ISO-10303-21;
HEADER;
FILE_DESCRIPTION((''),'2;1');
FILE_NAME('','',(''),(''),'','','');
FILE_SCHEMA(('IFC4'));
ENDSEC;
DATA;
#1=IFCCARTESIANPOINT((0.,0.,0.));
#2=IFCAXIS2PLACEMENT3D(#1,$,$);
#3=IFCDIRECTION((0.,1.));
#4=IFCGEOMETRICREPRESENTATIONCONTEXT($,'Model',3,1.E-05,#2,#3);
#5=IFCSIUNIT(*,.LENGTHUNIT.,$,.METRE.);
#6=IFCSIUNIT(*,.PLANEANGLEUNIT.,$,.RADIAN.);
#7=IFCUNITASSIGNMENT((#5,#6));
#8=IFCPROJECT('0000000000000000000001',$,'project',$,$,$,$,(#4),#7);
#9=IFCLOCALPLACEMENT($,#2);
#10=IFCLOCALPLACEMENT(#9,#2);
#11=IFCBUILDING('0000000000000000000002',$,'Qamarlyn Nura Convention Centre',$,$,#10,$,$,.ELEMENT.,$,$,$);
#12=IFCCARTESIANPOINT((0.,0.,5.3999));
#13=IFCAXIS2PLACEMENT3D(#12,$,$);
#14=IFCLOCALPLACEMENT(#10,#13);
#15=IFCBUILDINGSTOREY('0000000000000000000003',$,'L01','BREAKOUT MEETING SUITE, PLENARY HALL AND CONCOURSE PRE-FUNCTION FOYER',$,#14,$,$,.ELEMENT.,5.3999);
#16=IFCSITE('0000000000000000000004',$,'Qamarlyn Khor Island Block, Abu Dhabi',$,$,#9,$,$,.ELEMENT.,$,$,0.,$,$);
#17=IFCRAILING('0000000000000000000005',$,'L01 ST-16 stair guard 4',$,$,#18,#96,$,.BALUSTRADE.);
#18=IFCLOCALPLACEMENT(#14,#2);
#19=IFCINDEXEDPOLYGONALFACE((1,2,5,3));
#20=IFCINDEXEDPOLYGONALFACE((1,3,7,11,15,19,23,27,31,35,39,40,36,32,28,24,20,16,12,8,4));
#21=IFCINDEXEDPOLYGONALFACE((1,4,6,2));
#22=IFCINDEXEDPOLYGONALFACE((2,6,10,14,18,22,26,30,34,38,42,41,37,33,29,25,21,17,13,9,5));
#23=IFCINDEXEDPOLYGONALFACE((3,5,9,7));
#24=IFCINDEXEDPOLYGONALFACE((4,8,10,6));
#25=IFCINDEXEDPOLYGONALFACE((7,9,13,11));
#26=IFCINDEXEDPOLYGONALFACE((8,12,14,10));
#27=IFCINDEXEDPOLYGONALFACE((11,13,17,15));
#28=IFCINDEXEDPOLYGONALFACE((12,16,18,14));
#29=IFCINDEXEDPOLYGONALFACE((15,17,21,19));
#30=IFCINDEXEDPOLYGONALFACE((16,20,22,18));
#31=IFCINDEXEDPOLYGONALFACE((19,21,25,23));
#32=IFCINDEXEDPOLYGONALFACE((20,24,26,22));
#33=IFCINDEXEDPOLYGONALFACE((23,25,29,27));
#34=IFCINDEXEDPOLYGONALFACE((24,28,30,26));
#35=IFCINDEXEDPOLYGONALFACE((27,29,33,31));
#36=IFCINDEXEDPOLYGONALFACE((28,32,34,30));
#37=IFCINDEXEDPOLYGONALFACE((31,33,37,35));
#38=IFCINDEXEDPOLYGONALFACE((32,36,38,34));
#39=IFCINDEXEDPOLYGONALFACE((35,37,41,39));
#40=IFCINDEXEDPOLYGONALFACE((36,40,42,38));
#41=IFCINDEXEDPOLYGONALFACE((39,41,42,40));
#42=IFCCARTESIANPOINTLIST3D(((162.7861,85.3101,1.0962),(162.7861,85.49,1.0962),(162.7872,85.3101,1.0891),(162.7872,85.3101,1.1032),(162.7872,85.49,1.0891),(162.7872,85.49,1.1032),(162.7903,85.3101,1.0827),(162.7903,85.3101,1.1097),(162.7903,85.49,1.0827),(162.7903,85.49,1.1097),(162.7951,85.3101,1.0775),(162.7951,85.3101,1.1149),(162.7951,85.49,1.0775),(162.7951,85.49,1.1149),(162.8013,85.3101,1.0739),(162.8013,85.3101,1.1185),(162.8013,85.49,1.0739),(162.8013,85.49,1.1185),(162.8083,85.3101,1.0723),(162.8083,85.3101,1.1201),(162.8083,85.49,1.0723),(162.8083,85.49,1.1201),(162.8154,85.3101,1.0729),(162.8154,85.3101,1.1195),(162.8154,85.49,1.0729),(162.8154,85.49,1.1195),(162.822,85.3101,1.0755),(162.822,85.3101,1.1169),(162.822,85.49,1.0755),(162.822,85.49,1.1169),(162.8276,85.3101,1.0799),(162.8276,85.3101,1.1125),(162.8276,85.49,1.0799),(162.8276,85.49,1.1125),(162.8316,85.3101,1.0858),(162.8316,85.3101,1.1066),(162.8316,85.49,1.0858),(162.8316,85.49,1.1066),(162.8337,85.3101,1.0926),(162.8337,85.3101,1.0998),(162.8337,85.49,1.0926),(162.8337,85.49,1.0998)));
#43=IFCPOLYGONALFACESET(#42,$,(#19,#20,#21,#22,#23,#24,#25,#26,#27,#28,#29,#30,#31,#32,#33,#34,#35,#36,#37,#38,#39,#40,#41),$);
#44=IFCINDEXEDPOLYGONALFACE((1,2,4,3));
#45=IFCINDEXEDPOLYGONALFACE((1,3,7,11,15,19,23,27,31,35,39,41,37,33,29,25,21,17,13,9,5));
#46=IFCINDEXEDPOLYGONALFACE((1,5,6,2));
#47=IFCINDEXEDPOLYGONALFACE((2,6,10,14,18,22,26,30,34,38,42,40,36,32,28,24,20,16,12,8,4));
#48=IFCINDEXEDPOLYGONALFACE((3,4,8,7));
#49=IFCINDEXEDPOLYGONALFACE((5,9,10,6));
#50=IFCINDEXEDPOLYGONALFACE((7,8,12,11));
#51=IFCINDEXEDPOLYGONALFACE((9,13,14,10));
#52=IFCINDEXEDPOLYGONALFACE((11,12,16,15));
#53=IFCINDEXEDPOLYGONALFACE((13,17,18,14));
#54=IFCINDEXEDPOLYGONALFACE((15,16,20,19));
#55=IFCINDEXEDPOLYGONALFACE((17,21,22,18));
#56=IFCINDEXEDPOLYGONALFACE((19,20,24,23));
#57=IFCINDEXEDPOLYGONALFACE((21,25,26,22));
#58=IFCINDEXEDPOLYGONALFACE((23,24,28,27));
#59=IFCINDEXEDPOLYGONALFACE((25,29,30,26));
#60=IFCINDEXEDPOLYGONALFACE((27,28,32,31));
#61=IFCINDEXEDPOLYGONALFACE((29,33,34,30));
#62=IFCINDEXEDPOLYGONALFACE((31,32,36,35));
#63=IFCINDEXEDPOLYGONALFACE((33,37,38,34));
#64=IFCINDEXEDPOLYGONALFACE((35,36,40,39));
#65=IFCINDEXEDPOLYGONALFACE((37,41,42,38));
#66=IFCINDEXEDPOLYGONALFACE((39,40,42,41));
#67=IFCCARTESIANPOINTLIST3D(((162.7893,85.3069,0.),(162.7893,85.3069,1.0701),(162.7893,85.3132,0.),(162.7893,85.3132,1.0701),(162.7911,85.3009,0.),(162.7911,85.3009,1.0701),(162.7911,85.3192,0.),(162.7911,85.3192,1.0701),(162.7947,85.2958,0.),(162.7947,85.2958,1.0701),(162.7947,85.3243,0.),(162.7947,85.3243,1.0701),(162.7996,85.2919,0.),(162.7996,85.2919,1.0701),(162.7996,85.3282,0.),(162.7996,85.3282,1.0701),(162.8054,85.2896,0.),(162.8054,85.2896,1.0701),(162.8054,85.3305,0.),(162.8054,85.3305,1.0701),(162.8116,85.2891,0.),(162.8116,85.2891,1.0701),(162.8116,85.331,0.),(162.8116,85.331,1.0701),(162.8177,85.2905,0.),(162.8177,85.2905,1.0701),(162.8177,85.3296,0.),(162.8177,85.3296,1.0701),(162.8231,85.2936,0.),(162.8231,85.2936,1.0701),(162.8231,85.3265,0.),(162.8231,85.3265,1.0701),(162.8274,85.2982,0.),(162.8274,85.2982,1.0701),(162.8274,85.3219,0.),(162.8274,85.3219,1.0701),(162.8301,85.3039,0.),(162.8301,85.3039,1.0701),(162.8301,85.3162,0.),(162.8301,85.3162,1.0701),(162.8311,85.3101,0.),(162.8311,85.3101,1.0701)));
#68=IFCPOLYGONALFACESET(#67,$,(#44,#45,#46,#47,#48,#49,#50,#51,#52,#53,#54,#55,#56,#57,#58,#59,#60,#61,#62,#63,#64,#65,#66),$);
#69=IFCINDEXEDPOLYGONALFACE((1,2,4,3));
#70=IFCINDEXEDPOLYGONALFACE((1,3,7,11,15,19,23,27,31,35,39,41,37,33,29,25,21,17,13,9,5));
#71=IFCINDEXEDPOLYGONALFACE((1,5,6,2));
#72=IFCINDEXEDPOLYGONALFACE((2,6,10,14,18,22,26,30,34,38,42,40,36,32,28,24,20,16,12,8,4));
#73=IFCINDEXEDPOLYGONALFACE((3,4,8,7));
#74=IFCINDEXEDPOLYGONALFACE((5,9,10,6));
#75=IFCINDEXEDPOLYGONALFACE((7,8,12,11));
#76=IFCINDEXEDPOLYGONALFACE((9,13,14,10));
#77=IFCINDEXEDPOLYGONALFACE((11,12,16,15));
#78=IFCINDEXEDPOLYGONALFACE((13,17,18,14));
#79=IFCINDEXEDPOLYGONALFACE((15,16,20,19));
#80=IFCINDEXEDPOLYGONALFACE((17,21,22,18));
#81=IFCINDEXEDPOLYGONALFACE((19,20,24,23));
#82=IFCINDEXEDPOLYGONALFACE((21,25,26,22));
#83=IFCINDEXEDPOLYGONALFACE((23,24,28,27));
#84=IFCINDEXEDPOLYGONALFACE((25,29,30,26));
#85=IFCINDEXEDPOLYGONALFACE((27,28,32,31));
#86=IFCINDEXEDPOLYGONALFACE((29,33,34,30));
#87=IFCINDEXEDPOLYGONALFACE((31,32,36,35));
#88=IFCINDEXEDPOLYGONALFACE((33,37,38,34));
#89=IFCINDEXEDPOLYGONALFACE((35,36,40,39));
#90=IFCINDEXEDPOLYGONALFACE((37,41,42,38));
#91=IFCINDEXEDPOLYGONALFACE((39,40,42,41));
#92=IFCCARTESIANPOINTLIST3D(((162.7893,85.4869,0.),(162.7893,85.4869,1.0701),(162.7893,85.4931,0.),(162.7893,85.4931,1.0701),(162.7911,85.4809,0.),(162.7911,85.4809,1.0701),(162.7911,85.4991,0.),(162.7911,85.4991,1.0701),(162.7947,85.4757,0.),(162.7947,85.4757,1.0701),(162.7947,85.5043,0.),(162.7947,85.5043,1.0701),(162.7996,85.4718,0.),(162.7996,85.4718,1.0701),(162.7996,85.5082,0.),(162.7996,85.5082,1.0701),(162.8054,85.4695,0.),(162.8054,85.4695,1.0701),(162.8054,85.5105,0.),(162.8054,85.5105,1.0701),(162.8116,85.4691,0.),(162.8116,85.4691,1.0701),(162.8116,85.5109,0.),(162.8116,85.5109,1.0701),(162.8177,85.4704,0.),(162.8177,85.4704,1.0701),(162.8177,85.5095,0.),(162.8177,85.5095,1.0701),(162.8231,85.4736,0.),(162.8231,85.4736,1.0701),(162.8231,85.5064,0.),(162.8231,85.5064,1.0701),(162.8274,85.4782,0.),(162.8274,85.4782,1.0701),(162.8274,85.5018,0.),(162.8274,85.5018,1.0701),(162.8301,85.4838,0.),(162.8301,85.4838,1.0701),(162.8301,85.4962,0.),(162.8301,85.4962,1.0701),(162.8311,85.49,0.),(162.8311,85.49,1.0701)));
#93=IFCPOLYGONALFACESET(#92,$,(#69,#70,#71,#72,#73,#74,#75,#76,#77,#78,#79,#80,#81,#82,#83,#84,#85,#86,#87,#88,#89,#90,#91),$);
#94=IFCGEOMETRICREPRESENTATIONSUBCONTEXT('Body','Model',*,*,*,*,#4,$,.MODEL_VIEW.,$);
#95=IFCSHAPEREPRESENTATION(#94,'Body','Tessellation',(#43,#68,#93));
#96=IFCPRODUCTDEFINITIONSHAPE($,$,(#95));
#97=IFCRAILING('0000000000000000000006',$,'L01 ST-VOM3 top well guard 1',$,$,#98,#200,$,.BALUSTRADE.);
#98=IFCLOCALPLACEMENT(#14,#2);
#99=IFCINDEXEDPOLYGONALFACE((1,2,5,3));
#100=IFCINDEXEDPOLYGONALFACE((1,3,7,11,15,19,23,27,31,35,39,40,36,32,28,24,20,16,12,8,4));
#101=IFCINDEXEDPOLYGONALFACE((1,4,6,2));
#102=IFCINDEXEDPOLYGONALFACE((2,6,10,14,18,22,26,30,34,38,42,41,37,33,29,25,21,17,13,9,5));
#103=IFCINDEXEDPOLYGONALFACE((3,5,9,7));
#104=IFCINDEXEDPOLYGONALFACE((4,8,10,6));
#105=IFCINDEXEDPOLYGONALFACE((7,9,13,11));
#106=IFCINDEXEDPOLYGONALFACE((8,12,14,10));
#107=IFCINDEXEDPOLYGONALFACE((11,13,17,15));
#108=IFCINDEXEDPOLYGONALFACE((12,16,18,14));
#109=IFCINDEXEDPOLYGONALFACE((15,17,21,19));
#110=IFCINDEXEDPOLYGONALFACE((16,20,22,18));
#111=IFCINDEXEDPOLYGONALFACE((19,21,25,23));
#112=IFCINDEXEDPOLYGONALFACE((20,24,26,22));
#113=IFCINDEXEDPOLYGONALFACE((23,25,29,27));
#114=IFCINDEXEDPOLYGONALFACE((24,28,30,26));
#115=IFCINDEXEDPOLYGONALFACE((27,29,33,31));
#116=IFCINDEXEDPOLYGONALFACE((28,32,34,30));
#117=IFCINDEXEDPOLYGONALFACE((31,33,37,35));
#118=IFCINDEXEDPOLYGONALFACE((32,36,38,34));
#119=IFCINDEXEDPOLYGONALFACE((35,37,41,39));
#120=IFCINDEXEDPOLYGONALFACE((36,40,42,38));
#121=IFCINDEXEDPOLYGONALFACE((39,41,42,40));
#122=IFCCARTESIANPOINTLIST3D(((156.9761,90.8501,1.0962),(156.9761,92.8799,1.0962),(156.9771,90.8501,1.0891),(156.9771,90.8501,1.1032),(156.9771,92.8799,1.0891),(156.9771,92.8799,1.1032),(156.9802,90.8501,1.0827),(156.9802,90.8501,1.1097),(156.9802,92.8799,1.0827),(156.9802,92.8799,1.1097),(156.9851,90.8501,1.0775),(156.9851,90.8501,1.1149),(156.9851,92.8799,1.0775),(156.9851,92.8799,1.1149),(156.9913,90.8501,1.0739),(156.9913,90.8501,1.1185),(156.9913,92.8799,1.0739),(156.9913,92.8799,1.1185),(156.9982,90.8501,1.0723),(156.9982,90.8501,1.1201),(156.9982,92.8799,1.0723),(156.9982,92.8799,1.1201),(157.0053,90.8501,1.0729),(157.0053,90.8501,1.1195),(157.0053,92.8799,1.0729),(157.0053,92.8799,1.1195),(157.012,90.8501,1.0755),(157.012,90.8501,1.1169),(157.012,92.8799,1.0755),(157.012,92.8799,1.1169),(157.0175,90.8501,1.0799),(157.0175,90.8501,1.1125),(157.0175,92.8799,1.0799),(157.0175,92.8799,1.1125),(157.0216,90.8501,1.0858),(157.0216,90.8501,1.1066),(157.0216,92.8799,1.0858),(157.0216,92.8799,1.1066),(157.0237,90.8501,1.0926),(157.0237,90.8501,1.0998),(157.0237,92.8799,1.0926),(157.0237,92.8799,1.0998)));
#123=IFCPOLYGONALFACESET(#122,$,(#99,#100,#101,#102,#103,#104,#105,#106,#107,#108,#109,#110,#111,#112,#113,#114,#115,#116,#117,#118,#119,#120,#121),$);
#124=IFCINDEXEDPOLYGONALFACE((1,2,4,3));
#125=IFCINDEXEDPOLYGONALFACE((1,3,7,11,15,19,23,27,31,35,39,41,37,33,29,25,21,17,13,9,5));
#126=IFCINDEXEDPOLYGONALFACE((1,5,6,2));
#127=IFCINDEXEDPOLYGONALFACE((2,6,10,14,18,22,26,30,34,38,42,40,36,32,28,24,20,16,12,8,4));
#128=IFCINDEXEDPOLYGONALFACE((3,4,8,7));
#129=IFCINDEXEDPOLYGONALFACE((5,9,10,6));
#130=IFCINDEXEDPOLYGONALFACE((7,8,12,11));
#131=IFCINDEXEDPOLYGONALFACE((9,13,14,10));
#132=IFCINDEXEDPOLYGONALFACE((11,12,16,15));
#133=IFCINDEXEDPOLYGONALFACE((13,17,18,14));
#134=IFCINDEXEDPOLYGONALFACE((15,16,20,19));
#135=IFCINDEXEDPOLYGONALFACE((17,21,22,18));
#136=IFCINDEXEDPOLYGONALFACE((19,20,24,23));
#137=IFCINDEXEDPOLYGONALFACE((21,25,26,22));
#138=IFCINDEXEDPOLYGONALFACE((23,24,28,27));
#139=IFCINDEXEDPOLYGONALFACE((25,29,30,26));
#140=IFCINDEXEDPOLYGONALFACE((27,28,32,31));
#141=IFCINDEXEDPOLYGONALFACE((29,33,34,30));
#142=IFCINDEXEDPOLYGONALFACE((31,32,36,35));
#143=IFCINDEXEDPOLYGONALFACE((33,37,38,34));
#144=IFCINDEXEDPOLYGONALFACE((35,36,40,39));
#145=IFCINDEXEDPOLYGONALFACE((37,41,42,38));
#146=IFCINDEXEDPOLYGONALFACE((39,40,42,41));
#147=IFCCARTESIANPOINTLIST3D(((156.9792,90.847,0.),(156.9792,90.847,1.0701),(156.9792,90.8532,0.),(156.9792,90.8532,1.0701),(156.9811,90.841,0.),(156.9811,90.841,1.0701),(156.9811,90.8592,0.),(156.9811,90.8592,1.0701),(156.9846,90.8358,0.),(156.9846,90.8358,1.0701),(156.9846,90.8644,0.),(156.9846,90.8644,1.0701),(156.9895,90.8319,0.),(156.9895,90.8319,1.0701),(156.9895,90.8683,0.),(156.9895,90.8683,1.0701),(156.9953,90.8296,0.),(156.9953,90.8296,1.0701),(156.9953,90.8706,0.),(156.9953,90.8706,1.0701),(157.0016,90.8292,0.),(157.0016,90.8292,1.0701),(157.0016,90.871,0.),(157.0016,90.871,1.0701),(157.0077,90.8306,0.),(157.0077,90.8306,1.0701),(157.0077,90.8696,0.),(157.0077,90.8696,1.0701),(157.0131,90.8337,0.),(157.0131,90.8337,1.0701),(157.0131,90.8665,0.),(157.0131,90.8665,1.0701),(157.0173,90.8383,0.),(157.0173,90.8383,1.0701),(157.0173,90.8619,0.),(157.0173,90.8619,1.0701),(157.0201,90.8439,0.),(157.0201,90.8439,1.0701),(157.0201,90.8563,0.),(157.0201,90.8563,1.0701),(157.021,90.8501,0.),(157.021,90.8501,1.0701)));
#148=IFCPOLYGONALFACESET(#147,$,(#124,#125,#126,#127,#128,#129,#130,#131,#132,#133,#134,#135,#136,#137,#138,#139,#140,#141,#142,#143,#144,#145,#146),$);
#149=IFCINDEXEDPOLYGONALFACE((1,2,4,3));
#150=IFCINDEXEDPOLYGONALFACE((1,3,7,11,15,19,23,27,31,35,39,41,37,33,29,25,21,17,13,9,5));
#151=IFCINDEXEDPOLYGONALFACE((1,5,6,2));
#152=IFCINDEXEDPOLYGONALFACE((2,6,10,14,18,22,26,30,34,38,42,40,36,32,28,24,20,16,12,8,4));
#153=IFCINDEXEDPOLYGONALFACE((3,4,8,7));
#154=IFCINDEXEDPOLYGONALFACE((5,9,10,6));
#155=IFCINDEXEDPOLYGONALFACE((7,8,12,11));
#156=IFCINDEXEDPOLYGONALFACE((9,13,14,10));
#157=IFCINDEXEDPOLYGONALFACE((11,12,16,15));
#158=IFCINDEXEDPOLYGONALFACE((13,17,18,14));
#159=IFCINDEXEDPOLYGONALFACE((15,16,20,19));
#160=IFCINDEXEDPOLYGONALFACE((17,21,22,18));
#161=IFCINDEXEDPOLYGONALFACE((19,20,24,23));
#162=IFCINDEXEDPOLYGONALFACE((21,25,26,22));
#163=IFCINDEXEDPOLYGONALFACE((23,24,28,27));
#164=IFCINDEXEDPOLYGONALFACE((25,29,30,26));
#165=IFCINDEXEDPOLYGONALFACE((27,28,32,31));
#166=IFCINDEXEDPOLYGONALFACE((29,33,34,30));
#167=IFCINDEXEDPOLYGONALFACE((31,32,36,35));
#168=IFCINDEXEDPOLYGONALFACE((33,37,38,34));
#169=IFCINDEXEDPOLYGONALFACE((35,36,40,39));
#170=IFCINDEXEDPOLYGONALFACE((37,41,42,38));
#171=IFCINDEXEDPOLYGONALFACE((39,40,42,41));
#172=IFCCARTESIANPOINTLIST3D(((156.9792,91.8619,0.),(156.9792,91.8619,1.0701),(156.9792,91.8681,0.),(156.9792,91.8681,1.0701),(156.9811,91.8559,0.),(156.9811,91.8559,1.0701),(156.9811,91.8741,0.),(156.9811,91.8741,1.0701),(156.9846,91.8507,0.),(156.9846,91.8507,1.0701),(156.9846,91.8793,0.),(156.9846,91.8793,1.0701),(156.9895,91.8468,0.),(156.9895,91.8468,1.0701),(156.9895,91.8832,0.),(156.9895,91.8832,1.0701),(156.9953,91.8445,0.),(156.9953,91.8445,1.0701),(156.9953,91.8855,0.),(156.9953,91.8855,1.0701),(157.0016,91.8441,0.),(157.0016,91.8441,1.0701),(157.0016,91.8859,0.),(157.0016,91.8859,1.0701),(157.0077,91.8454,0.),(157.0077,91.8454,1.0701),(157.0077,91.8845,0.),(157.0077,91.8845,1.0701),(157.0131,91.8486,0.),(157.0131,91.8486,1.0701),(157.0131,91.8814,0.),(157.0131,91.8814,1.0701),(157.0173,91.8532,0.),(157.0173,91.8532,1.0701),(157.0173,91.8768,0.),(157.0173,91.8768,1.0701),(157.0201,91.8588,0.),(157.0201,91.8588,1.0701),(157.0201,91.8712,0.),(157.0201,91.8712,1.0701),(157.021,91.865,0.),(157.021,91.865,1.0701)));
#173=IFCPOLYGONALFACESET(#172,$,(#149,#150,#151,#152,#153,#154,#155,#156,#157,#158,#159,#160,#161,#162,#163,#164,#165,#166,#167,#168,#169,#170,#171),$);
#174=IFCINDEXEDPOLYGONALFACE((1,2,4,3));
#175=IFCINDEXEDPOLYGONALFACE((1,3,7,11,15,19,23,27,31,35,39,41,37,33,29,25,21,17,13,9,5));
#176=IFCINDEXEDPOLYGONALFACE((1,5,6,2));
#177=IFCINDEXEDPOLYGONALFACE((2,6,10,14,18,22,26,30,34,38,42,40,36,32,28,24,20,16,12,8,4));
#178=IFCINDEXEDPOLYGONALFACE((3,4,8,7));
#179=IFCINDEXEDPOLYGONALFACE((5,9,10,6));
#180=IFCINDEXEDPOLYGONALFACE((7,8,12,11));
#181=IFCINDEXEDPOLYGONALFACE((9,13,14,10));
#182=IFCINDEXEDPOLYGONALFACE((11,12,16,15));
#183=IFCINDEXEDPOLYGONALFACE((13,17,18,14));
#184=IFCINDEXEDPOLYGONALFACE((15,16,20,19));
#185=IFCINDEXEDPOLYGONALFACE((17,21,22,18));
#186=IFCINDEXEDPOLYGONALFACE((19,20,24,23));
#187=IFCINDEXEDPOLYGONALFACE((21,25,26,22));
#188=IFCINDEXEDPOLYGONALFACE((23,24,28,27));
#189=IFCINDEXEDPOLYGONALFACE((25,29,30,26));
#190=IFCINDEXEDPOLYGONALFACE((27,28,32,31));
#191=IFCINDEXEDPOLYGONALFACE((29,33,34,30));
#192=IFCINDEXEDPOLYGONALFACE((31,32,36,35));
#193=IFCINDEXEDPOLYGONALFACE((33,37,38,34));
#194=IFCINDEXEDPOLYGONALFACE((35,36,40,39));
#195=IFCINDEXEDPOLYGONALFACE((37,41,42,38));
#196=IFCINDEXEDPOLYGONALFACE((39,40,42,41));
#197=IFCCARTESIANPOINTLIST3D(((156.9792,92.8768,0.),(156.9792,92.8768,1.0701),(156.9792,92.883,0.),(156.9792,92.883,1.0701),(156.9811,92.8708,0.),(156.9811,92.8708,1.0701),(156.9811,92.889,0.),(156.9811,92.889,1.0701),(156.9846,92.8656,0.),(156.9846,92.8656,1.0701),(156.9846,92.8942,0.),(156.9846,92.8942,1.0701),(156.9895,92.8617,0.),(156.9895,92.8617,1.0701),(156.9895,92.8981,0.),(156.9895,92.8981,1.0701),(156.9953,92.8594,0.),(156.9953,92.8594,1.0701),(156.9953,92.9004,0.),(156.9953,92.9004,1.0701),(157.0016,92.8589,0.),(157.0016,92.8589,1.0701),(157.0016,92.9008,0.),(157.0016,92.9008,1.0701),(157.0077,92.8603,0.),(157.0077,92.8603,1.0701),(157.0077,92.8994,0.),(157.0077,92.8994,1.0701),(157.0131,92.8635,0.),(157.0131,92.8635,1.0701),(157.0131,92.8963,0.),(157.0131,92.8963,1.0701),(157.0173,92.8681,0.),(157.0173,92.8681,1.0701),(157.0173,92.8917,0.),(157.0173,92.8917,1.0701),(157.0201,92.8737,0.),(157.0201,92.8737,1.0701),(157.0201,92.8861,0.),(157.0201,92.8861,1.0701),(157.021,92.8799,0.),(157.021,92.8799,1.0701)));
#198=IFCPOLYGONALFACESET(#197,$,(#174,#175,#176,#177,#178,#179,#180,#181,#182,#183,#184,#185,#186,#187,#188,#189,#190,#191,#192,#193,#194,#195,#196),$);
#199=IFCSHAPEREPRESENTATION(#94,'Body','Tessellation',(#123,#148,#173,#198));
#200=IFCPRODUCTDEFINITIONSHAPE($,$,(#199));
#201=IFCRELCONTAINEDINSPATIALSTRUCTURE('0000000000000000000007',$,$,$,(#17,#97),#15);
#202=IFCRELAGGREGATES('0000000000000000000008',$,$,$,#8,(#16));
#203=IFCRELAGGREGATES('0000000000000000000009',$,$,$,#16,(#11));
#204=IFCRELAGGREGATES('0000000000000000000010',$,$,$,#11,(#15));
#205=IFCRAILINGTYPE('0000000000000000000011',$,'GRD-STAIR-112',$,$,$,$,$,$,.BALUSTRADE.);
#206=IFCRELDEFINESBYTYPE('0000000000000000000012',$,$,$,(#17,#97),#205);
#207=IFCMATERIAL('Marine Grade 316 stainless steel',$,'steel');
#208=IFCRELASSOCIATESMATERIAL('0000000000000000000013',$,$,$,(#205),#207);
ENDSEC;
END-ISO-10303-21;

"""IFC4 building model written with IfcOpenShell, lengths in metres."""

from ifc_helpers import new_model, si_unit, direction, frame, origin, origin_2d, place, context, subcontext, project, spatial, circle, extrude, material, type_object, element, save


model = new_model("IFC4")

# Units and contexts
model_context = context("Model", 3, precision=1e-05, world=origin(), true_north=direction((0.0, 1.0)))
body_context = subcontext(model_context, "Body", "Model", "MODEL_VIEW")
ifc_project = project(units=[si_unit("LENGTHUNIT", "METRE"), si_unit("PLANEANGLEUNIT", "RADIAN")], contexts=[model_context])

# Site, building, storey
site_placement = place(None, origin())
site = spatial("IfcSite", under=ifc_project, at=site_placement, Name="Qamarlyn Khor Island Block, Abu Dhabi", CompositionType="ELEMENT", RefElevation=0.0)
building_placement = place(site_placement, origin())
building = spatial("IfcBuilding", under=site, at=building_placement, Name="Qamarlyn Nura Convention Centre", CompositionType="ELEMENT")
storey_placement = place(building_placement, frame((0.0, 0.0, 5.3999)))
storey = spatial("IfcBuildingStorey", under=building, at=storey_placement, Name="L01", Description="BREAKOUT MEETING SUITE, PLENARY HALL AND CONCOURSE PRE-FUNCTION FOYER", CompositionType="ELEMENT", Elevation=5.3999)

# Railings
ifc_material_1 = material(Name="Marine Grade 316 stainless steel", Category="steel")
railing_type_1 = type_object("IfcRailingType", Name="GRD-STAIR-112", PredefinedType="BALUSTRADE", material=ifc_material_1)
railing_1_placement = place(storey_placement, frame((162.8101, 85.3101, 0.0)))
element("IfcRailing", 1, at=railing_1_placement, inside=storey, type_object=railing_type_1, Name="L01 ST-16 stair guard 4", PredefinedType="BALUSTRADE", context=body_context, shape_type="SweptSolid", body=[
    extrude(circle(Radius=0.0239, at=origin_2d()), frame((0.0, 0.0, 1.0962), z_axis=(0.0, 1.0, 0.0), x_axis=(-1.0, 0.0, 0.0)), (0.0, 0.0, 1.0), 0.1799),
    extrude(circle(Radius=0.021, at=origin_2d()), origin(), (0.0, 0.0, 1.0), 1.0701),
    extrude(circle(Radius=0.021, at=origin_2d()), frame((0.0, 0.1799, 0.0)), (0.0, 0.0, 1.0), 1.0701),
])
railing_2_placement = place(storey_placement, frame((157.0, 90.8501, 0.0)))
element("IfcRailing", 2, at=railing_2_placement, inside=storey, type_object=railing_type_1, Name="L01 ST-VOM3 top well guard 1", PredefinedType="BALUSTRADE", context=body_context, shape_type="SweptSolid", body=[
    extrude(circle(Radius=0.0239, at=origin_2d()), frame((0.0, 0.0, 1.0962), z_axis=(0.0, 1.0, 0.0), x_axis=(-1.0, 0.0, 0.0)), (0.0, 0.0, 1.0), 2.0298),
    extrude(circle(Radius=0.021, at=origin_2d()), origin(), (0.0, 0.0, 1.0), 1.0701),
    extrude(circle(Radius=0.021, at=origin_2d()), frame((0.0, 1.0149, 0.0)), (0.0, 0.0, 1.0), 1.0701),
    extrude(circle(Radius=0.021, at=origin_2d()), frame((0.0, 2.0298, 0.0)), (0.0, 0.0, 1.0), 1.0701),
])

save(model, "model.ifc")
